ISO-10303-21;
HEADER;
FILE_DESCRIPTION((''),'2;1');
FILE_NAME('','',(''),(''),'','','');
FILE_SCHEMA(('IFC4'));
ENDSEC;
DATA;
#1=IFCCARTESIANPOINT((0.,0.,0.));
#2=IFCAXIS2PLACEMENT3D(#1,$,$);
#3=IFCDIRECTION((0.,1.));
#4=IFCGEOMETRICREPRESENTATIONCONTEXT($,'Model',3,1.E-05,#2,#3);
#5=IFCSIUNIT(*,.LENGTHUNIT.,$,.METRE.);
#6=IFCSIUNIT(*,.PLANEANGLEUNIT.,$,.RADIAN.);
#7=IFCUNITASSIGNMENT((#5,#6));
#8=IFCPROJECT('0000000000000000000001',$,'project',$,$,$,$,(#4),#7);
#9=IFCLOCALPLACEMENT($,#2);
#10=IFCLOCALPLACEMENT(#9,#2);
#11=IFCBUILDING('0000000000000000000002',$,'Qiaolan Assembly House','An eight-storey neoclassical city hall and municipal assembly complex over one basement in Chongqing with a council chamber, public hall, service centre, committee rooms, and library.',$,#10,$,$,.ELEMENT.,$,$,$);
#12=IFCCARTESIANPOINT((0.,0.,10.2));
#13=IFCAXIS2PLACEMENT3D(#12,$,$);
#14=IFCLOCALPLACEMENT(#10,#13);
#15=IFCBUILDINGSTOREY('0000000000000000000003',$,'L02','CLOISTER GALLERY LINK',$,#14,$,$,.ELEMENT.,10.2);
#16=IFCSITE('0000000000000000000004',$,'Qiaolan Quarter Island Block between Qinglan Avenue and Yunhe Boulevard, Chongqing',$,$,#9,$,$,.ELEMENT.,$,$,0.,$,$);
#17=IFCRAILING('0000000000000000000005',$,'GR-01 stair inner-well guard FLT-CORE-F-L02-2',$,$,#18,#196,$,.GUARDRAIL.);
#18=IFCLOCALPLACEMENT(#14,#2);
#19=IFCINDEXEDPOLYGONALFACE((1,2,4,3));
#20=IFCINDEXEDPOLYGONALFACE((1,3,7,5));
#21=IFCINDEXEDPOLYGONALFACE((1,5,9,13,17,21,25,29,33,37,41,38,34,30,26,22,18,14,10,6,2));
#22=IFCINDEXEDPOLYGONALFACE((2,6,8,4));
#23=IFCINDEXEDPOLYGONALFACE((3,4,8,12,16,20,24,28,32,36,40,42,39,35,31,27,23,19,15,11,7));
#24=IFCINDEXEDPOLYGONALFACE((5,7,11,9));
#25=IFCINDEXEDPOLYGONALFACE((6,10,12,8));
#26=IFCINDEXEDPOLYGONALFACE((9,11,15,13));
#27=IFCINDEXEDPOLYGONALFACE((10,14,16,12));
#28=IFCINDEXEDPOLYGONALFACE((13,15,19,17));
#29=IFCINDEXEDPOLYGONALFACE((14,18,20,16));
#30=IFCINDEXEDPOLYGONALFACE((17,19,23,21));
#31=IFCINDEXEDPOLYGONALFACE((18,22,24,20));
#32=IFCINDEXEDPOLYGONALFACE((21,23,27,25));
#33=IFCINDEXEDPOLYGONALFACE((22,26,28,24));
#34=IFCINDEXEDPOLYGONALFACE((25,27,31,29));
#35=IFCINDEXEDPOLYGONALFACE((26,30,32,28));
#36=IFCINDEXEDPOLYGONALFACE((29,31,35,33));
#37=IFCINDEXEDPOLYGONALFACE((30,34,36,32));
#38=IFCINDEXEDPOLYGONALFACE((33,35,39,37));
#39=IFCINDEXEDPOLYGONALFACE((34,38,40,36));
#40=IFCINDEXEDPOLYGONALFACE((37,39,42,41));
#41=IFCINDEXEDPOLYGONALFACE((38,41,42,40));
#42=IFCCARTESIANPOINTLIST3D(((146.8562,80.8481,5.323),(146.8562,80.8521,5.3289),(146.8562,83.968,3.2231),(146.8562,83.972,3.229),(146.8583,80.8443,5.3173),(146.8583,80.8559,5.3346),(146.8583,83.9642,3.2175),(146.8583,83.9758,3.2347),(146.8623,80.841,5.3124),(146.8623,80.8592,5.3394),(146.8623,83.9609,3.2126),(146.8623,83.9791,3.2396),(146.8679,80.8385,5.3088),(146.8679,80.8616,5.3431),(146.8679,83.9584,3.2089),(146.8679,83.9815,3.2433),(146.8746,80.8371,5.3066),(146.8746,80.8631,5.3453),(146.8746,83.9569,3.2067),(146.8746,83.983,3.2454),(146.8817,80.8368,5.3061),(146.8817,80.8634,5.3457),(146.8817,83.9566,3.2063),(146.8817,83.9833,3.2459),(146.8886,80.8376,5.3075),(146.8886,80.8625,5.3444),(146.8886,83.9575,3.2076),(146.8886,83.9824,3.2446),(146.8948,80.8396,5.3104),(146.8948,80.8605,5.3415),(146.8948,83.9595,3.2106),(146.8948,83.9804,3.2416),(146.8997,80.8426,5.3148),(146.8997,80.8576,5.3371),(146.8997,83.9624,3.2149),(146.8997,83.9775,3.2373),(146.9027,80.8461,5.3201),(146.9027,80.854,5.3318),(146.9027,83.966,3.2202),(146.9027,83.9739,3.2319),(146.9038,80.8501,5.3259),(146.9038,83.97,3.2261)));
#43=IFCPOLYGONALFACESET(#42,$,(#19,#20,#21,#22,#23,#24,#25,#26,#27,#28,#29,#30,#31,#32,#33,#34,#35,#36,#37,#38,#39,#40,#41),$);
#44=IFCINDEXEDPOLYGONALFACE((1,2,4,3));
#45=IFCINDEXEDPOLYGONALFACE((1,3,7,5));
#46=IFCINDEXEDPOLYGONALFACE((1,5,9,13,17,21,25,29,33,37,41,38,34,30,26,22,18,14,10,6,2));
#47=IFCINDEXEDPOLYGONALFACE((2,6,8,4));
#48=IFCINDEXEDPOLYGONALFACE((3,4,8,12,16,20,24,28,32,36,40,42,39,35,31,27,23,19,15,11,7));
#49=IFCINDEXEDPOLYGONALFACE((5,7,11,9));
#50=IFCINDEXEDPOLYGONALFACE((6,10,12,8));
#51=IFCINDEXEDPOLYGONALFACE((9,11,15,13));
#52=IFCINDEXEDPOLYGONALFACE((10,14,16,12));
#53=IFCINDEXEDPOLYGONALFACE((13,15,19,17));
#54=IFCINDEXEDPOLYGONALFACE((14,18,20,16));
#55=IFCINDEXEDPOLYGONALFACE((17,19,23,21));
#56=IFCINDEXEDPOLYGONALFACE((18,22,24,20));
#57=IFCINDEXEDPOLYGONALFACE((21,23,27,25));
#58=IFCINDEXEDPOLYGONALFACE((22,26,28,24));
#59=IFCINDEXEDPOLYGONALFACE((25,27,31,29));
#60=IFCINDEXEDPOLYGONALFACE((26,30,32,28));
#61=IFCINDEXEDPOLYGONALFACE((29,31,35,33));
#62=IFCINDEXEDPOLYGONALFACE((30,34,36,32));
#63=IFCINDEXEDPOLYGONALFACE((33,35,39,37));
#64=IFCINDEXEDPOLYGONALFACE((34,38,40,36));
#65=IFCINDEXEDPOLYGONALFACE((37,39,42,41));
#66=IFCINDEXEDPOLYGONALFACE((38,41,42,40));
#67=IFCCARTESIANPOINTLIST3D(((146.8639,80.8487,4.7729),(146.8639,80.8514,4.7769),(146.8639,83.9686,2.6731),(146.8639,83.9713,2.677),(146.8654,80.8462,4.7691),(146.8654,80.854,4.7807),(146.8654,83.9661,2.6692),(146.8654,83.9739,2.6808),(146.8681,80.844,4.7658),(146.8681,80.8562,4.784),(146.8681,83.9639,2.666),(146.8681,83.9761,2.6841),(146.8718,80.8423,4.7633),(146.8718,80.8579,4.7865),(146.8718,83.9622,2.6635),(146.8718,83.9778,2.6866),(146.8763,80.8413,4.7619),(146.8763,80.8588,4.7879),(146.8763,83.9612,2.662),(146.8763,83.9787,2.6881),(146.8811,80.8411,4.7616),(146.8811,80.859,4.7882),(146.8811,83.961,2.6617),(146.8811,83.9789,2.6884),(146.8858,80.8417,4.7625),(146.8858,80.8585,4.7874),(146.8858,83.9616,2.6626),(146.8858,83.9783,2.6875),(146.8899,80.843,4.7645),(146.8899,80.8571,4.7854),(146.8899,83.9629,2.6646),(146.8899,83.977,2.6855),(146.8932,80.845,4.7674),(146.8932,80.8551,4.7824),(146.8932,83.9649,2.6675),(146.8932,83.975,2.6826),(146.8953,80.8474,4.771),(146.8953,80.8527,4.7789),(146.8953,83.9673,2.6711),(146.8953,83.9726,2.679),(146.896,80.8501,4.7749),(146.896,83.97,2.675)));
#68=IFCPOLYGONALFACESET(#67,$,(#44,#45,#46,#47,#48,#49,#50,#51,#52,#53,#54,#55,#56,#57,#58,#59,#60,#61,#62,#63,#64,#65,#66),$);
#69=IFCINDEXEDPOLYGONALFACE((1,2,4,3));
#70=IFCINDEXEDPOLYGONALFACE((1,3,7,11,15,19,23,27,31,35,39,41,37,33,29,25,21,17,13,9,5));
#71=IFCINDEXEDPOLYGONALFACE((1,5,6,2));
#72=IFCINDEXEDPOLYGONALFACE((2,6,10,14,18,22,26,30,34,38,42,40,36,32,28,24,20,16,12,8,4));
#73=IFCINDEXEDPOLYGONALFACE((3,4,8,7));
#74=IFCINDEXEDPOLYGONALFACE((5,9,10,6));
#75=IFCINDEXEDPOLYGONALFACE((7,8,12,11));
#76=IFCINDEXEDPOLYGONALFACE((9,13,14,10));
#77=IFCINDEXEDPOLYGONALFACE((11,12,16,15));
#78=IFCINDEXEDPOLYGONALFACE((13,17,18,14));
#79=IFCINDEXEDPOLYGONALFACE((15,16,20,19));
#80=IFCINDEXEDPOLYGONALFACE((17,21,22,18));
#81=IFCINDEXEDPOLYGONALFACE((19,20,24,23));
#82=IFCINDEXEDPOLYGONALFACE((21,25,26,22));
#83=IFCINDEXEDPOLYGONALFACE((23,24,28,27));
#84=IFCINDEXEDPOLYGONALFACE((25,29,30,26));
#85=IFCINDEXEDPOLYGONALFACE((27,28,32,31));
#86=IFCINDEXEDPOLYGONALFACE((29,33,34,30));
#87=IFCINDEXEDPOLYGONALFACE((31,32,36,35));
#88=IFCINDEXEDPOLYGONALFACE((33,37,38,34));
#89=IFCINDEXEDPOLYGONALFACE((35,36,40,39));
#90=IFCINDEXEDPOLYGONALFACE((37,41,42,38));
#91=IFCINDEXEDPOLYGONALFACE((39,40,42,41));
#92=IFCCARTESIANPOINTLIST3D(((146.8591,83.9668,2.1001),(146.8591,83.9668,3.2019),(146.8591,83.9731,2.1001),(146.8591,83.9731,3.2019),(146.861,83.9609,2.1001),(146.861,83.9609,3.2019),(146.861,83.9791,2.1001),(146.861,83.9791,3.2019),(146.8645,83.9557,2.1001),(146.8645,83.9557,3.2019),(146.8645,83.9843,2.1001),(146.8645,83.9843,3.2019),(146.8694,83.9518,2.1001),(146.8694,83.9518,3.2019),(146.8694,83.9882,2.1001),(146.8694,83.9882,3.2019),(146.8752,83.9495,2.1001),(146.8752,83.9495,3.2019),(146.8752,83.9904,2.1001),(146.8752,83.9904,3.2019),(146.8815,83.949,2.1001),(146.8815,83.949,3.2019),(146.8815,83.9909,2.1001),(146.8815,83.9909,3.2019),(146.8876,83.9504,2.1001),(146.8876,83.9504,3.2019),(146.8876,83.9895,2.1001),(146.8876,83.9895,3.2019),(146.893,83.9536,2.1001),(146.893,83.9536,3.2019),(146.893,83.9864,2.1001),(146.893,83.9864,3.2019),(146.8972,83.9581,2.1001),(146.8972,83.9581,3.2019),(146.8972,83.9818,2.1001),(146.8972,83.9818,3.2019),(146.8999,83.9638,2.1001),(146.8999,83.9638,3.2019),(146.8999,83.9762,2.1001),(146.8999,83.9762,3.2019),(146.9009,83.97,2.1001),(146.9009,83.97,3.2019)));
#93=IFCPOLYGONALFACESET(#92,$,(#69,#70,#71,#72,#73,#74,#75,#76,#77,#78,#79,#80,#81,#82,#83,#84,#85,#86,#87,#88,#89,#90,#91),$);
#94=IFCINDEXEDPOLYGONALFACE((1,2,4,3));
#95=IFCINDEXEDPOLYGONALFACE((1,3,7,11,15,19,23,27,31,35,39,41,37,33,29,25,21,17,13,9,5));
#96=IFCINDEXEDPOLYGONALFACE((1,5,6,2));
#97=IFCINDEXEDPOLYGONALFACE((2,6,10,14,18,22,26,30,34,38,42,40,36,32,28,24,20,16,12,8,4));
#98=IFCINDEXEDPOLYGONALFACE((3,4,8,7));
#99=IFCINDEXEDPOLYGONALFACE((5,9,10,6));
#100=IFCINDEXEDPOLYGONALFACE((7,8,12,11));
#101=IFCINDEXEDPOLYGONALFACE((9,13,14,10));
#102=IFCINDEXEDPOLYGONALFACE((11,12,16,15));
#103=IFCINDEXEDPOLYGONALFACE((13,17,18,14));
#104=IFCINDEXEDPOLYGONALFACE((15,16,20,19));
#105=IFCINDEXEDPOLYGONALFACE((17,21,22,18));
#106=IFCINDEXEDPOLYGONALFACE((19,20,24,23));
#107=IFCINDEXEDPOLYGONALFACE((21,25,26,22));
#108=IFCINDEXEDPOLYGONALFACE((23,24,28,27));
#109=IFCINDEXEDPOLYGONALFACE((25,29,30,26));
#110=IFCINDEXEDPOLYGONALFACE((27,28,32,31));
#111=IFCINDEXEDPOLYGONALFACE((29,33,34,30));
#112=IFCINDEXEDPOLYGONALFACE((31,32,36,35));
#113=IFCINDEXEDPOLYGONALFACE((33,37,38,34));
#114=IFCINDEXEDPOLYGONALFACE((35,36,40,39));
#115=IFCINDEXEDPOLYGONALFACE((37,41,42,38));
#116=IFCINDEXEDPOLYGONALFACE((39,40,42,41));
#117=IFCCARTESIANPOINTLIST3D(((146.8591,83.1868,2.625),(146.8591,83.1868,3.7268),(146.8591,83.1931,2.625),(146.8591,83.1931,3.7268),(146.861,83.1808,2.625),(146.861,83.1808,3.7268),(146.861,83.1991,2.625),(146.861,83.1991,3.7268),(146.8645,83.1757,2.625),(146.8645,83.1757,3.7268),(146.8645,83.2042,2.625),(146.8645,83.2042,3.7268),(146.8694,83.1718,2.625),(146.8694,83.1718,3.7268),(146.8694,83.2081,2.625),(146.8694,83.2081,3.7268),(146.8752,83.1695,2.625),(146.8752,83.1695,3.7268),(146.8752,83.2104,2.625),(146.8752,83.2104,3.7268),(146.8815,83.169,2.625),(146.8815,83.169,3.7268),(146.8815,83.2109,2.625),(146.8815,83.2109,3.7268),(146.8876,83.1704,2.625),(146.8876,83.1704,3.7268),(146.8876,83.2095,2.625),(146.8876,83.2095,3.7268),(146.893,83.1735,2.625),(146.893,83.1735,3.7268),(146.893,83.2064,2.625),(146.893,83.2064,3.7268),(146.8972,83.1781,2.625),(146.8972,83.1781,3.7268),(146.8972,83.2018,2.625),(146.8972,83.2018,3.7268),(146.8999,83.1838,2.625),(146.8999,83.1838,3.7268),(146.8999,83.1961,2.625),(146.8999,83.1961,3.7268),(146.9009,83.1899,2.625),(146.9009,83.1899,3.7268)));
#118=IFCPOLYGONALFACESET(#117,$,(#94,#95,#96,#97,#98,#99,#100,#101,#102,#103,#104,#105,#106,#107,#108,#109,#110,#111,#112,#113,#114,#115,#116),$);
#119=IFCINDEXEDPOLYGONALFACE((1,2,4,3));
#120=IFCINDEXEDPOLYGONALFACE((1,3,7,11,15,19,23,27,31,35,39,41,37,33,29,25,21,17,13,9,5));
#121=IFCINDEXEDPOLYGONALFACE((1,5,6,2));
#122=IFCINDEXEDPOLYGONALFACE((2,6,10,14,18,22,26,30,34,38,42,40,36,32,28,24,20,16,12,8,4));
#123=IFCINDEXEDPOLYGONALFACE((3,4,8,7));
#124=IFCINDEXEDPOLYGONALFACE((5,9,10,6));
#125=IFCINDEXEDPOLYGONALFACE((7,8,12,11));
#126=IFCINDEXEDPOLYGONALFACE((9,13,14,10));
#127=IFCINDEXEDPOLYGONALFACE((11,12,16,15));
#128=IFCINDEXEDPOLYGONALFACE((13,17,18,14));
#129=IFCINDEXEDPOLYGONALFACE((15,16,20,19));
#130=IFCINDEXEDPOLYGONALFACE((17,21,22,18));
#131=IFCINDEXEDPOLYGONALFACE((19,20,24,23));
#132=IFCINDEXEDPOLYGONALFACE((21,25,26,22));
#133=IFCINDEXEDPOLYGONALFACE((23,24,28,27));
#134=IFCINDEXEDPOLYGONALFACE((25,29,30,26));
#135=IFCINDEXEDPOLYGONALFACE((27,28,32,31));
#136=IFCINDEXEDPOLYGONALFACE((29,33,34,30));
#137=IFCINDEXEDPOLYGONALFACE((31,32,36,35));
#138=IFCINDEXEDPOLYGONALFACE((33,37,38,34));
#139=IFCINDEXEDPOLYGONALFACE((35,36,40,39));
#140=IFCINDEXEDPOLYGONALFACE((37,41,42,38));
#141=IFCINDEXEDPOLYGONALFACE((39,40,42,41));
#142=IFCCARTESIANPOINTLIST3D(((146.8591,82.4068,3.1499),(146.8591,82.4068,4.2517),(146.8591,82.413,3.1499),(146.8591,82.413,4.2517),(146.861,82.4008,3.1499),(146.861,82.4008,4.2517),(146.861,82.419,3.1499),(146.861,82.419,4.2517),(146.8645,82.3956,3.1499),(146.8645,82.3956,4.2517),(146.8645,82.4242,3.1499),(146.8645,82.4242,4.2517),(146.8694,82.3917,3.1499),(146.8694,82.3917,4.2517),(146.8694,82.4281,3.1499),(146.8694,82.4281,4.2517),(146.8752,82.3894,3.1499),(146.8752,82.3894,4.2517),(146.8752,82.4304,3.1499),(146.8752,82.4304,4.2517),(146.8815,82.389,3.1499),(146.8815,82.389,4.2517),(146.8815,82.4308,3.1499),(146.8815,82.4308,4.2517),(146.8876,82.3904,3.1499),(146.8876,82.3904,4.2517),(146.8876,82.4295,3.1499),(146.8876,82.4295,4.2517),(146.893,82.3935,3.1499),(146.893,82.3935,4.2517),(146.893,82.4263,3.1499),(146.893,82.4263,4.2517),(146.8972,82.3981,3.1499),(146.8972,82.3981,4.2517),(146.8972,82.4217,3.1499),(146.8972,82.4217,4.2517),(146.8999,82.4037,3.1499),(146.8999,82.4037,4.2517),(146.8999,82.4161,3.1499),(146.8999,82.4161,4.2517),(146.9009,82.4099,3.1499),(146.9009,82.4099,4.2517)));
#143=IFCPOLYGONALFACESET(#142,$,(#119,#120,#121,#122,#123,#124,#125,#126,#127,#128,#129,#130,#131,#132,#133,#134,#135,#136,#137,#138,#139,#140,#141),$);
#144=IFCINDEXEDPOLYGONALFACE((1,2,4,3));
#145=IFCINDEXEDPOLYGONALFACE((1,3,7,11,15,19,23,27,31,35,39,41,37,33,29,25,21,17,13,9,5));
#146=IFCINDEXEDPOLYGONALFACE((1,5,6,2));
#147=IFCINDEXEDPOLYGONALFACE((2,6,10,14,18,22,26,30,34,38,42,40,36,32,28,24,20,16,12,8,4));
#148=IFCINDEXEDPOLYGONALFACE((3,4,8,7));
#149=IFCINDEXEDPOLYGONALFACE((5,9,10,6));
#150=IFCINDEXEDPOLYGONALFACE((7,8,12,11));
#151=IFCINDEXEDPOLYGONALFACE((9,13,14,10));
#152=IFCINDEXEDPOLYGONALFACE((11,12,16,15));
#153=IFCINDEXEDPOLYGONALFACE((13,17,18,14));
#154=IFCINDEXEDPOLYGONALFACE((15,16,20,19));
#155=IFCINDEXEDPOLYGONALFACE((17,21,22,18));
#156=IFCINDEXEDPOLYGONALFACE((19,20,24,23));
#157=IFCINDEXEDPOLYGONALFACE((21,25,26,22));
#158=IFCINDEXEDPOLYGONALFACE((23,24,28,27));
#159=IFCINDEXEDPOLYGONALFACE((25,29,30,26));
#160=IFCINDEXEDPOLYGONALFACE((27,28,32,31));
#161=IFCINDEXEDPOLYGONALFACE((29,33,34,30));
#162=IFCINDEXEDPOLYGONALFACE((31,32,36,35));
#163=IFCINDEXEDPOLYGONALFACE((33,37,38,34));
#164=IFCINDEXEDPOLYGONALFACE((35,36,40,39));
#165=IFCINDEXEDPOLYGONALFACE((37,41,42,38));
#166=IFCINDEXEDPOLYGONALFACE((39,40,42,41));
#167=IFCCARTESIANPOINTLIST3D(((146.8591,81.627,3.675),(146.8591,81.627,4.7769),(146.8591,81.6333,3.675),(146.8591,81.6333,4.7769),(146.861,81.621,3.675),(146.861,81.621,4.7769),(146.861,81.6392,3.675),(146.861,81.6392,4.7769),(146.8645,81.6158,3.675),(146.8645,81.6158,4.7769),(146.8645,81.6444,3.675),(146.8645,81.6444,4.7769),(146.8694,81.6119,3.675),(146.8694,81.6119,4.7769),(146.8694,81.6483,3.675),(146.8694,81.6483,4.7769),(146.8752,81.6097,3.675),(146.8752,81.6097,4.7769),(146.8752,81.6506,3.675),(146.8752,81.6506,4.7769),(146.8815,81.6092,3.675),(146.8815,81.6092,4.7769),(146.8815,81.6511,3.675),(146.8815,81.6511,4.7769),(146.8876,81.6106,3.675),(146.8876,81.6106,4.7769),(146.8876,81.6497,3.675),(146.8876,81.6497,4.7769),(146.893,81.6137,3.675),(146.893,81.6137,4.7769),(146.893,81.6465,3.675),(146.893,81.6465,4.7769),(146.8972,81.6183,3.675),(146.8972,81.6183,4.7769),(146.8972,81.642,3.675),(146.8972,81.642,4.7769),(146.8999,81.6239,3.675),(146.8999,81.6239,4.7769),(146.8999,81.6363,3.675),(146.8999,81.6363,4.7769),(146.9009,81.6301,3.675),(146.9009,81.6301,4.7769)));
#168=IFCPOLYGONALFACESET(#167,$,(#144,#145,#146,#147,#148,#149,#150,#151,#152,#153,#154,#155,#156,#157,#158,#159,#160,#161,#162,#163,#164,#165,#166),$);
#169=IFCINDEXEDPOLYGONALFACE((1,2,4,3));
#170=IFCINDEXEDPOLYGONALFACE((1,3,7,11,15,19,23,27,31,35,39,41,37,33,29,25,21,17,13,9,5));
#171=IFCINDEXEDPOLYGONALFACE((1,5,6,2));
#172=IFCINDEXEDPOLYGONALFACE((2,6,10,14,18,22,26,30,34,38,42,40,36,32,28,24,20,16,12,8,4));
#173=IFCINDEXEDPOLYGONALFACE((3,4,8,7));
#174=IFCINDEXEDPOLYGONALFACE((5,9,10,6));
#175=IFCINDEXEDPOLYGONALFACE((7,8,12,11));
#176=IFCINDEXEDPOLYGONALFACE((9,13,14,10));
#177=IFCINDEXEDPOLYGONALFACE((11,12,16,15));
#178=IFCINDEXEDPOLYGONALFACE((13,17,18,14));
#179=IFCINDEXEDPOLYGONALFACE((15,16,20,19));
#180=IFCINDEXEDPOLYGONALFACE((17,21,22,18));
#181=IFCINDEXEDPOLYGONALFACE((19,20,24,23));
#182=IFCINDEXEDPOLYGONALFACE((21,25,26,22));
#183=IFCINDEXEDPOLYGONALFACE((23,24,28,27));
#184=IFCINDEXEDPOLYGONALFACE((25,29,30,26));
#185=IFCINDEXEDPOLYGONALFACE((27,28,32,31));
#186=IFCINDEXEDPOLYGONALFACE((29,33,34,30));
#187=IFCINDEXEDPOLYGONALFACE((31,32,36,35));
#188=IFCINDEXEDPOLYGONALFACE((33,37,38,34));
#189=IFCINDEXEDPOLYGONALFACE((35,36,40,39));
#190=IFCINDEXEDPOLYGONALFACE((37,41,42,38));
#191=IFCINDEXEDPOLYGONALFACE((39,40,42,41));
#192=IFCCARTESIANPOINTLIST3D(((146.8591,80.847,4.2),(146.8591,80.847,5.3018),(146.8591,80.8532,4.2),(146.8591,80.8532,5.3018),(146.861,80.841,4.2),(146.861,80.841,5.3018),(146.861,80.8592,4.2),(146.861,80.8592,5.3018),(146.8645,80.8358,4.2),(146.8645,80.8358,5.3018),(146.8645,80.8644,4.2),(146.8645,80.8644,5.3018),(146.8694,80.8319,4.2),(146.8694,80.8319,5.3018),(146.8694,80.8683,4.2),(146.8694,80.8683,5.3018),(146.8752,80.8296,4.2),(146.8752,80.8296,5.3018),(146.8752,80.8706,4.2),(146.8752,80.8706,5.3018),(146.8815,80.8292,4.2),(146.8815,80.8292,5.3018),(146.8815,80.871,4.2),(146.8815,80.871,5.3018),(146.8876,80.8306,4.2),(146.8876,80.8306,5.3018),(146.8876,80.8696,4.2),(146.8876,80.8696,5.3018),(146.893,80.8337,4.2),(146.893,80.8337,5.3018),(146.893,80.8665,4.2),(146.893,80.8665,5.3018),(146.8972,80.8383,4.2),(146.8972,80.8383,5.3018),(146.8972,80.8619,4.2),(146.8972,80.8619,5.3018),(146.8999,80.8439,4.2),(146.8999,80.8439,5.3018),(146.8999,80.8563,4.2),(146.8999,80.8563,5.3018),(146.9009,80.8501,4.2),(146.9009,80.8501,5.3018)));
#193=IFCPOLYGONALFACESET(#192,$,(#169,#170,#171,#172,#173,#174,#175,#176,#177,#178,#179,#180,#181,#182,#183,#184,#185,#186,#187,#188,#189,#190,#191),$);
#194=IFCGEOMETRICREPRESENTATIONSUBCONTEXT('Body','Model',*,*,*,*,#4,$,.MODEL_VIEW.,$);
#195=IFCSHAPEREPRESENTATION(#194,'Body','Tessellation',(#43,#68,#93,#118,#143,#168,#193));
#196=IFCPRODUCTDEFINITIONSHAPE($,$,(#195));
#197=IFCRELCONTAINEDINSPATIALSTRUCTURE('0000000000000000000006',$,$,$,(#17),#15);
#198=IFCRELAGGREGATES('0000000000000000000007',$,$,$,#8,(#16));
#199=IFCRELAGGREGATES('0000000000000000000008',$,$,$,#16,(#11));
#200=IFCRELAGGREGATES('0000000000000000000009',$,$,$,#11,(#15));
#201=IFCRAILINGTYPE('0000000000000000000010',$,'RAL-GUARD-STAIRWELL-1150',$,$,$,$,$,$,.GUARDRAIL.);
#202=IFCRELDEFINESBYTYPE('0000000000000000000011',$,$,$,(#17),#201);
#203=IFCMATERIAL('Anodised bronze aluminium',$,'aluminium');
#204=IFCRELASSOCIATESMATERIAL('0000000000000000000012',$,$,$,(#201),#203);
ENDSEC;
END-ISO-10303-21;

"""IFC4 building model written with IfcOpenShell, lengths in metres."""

from ifc_helpers import new_model, si_unit, direction, frame, origin, origin_2d, place, context, subcontext, project, spatial, circle, extrude, material, type_object, element, save


model = new_model("IFC4")

# Units and contexts
model_context = context("Model", 3, precision=1e-05, world=origin(), true_north=direction((0.0, 1.0)))
body_context = subcontext(model_context, "Body", "Model", "MODEL_VIEW")
ifc_project = project(units=[si_unit("LENGTHUNIT", "METRE"), si_unit("PLANEANGLEUNIT", "RADIAN")], contexts=[model_context])

# Site, building, storey
site_placement = place(None, origin())
site = spatial("IfcSite", under=ifc_project, at=site_placement, Name="Qiaolan Quarter Island Block between Qinglan Avenue and Yunhe Boulevard, Chongqing", CompositionType="ELEMENT", RefElevation=0.0)
building_placement = place(site_placement, origin())
building = spatial("IfcBuilding", under=site, at=building_placement, Name="Qiaolan Assembly House", Description="An eight-storey neoclassical city hall and municipal assembly complex over one basement in Chongqing with a council chamber, public hall, service centre, committee rooms, and library.", CompositionType="ELEMENT")
storey_placement = place(building_placement, frame((0.0, 0.0, 10.2)))
storey = spatial("IfcBuildingStorey", under=building, at=storey_placement, Name="L02", Description="CLOISTER GALLERY LINK", CompositionType="ELEMENT", Elevation=10.2)

# Shared definitions
ifc_material_1 = material(Name="Anodised bronze aluminium", Category="aluminium")

# Railing
railing_type_1 = type_object("IfcRailingType", Name="RAL-GUARD-STAIRWELL-1150", PredefinedType="GUARDRAIL", material=ifc_material_1)
railing_1_placement = place(storey_placement, frame((146.8799, 83.97, 2.1001)))
element("IfcRailing", 1, at=railing_1_placement, inside=storey, type_object=railing_type_1, Name="GR-01 stair inner-well guard FLT-CORE-F-L02-2", PredefinedType="GUARDRAIL", context=body_context, shape_type="SweptSolid", body=[
    extrude(circle(Radius=0.0239, at=origin_2d()), frame((0.0, 0.0, 1.126), z_axis=(0.0, -0.829595, 0.558365), x_axis=(1.0, 0.0, 0.0)), (0.0, 0.0, 1.0), 3.7607),
    extrude(circle(Radius=0.0161, at=origin_2d()), frame((0.0, 0.0, 0.575), z_axis=(0.0, -0.829595, 0.558365), x_axis=(1.0, 0.0, 0.0)), (0.0, 0.0, 1.0), 3.7607),
    extrude(circle(Radius=0.021, at=origin_2d()), origin(), (0.0, 0.0, 1.0), 1.1018),
    extrude(circle(Radius=0.021, at=origin_2d()), frame((0.0, -0.78, 0.5249)), (0.0, 0.0, 1.0), 1.1018),
    extrude(circle(Radius=0.021, at=origin_2d()), frame((0.0, -1.5601, 1.0498)), (0.0, 0.0, 1.0), 1.1018),
    extrude(circle(Radius=0.021, at=origin_2d()), frame((0.0, -2.3398, 1.575)), (0.0, 0.0, 1.0), 1.1018),
    extrude(circle(Radius=0.021, at=origin_2d()), frame((0.0, -3.1199, 2.0999)), (0.0, 0.0, 1.0), 1.1018),
])

save(model, "model.ifc")
